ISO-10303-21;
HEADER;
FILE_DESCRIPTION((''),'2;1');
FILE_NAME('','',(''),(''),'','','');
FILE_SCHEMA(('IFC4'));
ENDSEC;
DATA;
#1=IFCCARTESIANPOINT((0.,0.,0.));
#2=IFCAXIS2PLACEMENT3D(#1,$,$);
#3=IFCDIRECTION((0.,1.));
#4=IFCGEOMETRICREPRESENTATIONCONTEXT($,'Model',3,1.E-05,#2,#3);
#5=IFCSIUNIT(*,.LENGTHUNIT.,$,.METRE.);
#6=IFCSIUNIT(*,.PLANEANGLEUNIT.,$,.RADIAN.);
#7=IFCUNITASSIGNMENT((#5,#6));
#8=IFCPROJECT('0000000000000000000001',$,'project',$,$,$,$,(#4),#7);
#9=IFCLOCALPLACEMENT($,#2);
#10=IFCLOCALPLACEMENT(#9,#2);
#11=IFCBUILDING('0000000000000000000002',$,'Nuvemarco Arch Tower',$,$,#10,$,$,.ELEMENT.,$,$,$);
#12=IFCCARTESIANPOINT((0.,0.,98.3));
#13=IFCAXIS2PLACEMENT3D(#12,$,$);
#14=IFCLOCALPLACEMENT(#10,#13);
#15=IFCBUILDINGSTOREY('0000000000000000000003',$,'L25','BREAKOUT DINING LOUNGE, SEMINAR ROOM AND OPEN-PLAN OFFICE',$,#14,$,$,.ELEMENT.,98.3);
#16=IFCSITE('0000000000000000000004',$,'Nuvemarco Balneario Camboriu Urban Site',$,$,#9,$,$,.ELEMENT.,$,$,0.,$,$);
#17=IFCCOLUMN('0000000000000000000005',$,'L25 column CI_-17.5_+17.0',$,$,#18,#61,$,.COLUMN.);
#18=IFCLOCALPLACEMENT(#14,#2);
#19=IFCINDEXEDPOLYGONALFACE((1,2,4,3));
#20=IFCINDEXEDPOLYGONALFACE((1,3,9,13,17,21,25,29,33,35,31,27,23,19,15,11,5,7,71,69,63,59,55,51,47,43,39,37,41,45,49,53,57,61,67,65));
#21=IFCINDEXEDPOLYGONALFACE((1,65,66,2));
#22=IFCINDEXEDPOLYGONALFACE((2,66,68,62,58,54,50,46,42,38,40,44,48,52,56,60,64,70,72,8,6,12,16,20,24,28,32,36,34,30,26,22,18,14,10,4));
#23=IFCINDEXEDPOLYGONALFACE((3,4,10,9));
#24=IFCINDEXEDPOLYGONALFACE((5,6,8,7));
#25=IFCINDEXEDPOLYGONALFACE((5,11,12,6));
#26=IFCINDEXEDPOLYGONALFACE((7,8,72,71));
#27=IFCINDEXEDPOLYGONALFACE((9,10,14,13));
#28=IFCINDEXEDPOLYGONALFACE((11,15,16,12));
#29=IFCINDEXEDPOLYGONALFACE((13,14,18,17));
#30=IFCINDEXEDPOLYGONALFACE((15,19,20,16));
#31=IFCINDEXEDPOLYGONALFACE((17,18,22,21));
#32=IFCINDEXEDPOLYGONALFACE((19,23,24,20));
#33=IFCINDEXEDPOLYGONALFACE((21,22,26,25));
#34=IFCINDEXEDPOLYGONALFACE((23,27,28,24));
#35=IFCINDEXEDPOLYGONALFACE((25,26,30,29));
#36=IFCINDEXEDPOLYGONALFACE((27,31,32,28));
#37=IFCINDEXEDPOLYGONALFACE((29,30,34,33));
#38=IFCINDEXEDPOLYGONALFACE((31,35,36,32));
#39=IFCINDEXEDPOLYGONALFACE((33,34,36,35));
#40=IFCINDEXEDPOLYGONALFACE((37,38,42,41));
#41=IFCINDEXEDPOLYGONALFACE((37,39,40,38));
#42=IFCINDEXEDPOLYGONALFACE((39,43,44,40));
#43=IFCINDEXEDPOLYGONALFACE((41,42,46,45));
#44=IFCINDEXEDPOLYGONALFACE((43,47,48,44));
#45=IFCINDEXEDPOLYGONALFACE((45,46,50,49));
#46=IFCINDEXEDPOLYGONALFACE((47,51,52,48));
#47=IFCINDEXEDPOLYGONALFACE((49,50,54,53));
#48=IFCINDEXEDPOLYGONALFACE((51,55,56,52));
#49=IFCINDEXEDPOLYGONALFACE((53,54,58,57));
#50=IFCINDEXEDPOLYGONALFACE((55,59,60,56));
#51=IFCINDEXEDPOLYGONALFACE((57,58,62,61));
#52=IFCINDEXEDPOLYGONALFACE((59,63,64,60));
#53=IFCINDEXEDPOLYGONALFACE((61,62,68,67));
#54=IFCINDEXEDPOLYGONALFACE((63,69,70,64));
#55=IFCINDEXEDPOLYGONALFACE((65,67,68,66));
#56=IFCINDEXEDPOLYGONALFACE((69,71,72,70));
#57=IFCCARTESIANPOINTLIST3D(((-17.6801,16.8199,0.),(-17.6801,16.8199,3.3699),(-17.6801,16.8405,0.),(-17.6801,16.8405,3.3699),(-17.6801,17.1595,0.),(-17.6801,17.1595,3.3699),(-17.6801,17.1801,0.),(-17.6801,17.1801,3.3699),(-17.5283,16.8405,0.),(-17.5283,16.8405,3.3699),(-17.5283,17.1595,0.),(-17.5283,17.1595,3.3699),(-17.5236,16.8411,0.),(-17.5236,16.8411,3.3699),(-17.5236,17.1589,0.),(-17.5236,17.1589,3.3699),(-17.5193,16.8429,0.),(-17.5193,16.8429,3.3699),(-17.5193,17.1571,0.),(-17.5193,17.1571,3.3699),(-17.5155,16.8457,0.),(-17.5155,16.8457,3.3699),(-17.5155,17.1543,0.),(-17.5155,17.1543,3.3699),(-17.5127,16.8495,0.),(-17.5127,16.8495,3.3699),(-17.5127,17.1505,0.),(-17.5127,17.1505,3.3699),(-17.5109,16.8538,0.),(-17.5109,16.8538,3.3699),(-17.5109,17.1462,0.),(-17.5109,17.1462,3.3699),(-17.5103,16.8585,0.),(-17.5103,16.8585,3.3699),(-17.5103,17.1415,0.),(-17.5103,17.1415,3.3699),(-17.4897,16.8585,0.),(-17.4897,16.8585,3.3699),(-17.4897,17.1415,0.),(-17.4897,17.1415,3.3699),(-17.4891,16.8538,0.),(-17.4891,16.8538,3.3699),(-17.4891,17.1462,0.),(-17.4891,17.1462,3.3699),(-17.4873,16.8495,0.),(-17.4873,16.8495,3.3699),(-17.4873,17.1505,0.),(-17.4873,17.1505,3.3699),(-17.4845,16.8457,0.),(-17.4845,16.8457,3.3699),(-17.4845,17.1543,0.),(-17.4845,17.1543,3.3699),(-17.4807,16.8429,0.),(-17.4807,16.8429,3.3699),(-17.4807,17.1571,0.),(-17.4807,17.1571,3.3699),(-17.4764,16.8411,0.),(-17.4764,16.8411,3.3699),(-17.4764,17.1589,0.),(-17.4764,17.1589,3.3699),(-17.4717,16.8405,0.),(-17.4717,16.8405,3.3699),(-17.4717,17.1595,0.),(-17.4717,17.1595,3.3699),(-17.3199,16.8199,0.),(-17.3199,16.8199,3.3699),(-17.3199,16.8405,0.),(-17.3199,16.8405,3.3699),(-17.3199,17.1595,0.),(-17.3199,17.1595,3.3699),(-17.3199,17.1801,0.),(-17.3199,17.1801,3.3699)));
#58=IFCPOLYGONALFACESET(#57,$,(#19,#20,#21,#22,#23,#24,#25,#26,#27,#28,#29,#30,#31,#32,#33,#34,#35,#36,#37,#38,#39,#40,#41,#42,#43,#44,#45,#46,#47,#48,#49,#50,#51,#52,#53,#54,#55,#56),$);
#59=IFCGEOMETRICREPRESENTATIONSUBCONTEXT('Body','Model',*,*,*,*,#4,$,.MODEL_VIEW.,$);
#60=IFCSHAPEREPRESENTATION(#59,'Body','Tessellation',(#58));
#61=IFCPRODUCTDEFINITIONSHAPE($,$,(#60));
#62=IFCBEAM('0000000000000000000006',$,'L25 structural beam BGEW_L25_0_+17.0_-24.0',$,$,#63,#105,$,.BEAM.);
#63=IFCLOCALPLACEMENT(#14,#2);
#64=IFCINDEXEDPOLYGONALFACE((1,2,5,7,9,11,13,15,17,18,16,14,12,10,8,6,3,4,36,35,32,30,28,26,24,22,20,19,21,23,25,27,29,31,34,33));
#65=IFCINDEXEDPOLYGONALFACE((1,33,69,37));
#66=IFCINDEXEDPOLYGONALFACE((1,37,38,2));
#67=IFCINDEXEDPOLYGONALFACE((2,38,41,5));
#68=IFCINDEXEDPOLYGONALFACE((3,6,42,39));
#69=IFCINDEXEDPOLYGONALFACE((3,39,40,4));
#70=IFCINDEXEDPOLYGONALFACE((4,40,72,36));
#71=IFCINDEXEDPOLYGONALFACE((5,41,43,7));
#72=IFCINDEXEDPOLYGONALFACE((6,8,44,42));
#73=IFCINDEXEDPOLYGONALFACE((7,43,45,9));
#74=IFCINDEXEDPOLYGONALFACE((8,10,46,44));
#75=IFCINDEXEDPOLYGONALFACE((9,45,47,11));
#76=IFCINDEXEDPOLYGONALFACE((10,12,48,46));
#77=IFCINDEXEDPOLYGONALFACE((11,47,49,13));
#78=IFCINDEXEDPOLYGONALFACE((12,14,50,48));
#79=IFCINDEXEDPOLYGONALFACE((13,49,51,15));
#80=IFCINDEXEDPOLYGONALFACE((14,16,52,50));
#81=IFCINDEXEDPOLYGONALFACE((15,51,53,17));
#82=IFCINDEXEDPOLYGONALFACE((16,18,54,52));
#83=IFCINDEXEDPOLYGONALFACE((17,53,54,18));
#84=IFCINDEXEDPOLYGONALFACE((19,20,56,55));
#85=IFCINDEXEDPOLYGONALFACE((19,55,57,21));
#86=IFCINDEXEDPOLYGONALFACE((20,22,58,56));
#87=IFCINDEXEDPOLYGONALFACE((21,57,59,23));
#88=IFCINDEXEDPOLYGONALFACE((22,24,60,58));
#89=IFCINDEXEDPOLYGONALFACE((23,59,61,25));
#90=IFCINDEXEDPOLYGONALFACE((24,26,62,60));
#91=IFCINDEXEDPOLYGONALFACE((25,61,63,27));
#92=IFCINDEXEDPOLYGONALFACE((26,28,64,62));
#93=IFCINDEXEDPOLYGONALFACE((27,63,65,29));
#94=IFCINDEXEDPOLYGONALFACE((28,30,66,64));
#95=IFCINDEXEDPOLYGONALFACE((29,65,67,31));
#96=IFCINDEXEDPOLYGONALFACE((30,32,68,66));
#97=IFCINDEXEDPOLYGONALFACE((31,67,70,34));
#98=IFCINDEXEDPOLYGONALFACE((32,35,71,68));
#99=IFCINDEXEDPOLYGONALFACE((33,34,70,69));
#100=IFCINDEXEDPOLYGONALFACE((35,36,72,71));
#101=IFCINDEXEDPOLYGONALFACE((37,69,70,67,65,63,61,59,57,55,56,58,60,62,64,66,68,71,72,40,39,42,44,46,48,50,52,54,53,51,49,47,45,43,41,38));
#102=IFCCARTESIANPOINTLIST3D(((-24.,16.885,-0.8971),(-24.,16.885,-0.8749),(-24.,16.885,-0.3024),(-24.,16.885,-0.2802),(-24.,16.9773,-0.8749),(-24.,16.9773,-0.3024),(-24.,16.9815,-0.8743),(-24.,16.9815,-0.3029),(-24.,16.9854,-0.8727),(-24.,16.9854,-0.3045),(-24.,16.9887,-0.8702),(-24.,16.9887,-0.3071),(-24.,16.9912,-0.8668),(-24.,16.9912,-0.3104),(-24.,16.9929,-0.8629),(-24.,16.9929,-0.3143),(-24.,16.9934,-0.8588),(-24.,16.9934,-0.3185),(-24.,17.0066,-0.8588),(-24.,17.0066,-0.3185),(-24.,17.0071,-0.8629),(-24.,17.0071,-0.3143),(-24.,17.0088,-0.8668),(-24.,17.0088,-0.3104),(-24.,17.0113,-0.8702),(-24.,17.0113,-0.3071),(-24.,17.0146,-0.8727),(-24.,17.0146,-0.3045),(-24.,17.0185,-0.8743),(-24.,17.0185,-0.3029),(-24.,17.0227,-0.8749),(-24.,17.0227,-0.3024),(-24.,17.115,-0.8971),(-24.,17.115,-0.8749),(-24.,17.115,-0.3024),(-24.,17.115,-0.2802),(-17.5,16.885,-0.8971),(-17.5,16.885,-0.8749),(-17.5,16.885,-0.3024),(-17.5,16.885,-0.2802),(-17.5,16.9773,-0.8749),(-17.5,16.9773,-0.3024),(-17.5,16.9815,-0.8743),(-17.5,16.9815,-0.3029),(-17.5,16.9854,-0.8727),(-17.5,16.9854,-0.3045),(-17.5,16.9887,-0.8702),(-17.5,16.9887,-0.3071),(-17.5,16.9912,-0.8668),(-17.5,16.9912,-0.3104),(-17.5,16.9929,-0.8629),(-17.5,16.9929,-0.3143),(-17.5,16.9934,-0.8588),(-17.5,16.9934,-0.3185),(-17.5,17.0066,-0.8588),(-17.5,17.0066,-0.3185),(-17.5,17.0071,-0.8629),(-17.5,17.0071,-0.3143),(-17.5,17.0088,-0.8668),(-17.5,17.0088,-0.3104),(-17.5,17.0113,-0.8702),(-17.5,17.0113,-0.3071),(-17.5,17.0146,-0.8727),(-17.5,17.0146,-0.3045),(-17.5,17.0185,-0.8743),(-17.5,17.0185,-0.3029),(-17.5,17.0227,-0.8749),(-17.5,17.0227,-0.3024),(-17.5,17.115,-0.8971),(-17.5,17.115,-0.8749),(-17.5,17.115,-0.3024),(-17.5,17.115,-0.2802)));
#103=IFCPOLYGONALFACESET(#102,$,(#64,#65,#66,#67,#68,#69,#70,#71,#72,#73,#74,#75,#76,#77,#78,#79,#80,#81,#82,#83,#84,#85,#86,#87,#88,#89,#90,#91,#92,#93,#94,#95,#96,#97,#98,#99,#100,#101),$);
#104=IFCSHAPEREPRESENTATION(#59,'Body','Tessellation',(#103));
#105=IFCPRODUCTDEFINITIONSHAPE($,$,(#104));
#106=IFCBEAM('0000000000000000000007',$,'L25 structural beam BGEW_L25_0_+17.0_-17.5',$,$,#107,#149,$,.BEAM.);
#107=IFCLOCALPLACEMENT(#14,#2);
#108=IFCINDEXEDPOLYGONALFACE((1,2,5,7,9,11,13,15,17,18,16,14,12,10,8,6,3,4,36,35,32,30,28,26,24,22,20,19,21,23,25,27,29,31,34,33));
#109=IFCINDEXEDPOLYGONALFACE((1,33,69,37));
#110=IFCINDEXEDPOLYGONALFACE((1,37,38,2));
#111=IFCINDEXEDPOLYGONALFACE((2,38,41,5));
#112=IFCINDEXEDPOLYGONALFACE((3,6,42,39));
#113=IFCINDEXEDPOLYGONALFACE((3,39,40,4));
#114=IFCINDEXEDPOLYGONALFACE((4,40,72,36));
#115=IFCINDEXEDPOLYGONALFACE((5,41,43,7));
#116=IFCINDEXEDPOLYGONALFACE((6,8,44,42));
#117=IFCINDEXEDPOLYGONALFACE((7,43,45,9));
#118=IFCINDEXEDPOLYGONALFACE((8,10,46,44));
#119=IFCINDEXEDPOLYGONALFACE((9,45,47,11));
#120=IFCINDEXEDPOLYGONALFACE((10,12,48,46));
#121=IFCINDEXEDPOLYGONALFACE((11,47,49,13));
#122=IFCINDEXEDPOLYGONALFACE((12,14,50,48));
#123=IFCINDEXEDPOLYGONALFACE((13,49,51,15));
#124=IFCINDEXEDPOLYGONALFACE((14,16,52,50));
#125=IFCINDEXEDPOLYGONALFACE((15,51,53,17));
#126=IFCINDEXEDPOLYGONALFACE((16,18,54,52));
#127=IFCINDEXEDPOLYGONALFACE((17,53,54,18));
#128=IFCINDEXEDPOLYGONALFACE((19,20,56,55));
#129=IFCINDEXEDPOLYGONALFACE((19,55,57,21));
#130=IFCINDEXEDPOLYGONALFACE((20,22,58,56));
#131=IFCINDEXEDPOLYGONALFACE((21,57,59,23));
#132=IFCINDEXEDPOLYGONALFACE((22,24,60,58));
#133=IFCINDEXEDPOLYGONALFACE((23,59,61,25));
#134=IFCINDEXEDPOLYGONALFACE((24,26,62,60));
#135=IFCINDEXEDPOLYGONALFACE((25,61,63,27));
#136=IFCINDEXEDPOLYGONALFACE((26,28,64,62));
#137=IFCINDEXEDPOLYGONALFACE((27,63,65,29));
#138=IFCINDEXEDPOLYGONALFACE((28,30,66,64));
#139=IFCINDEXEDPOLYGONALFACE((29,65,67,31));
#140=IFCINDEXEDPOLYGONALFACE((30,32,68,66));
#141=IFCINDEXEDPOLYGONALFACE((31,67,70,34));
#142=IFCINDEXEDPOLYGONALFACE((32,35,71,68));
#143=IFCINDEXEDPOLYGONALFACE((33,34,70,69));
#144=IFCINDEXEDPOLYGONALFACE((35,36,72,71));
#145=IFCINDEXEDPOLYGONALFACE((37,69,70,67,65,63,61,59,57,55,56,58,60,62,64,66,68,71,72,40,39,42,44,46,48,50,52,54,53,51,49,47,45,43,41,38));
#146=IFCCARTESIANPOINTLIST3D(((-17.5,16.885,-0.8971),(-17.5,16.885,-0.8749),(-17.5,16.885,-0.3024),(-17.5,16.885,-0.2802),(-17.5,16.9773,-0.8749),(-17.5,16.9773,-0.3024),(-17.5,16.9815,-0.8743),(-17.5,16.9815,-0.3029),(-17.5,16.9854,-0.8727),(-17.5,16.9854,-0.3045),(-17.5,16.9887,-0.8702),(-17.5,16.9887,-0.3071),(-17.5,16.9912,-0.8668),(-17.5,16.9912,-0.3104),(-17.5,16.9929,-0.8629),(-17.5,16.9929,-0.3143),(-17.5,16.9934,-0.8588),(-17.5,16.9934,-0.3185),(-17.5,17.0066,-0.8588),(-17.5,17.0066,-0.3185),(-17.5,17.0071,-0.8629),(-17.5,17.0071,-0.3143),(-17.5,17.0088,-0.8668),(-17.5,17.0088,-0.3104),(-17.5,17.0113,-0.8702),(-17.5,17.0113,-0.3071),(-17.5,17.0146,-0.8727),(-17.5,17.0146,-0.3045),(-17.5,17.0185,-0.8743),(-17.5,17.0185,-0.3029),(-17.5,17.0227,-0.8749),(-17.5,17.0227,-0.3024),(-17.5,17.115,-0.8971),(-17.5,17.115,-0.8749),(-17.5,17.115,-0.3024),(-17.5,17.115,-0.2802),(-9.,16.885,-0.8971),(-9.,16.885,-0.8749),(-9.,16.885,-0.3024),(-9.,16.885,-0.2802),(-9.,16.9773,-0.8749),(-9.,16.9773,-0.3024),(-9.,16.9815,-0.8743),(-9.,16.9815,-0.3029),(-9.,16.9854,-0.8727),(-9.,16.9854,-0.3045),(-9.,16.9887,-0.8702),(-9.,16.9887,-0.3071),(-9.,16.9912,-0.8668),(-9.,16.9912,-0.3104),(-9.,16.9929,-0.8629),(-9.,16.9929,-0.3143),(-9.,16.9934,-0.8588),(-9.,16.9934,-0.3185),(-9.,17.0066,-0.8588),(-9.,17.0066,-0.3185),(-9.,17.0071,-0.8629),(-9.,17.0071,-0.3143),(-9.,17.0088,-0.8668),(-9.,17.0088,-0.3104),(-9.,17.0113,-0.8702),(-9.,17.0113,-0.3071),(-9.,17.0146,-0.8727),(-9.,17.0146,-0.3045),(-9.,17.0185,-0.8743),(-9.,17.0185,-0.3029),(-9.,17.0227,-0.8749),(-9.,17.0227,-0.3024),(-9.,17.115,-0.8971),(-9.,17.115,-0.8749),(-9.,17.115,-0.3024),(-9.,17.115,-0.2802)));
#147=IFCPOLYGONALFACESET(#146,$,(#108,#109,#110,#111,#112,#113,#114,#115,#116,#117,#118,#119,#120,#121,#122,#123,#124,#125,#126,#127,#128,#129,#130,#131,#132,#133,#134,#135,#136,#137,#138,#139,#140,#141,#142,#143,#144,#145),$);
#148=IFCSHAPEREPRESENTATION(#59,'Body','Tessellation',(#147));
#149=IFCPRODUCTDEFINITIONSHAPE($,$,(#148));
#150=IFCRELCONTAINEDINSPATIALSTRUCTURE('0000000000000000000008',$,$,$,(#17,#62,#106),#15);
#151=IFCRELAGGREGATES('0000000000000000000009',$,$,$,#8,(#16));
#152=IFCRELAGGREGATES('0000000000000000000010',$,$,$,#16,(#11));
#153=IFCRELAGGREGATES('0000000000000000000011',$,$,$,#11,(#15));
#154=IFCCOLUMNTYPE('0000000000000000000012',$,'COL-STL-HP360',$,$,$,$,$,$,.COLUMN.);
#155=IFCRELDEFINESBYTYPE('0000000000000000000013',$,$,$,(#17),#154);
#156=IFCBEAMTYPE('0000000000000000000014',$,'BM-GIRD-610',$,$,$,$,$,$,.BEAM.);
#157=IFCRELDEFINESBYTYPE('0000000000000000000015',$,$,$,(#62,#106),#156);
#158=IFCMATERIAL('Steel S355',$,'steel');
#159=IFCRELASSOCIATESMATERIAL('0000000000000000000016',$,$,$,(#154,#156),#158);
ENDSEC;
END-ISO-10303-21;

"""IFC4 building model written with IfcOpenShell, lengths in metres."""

from ifc_helpers import new_model, si_unit, direction, frame, origin, origin_2d, place, context, subcontext, project, spatial, i_section, extrude, material, material_profile, profile_set, type_object, element, save


model = new_model("IFC4")

# Units and contexts
model_context = context("Model", 3, precision=1e-05, world=origin(), true_north=direction((0.0, 1.0)))
body_context = subcontext(model_context, "Body", "Model", "MODEL_VIEW")
ifc_project = project(units=[si_unit("LENGTHUNIT", "METRE"), si_unit("PLANEANGLEUNIT", "RADIAN")], contexts=[model_context])

# Site, building, storey
site_placement = place(None, origin())
site = spatial("IfcSite", under=ifc_project, at=site_placement, Name="Nuvemarco Balneario Camboriu Urban Site", CompositionType="ELEMENT", RefElevation=0.0)
building_placement = place(site_placement, origin())
building = spatial("IfcBuilding", under=site, at=building_placement, Name="Nuvemarco Arch Tower", CompositionType="ELEMENT")
storey_placement = place(building_placement, frame((0.0, 0.0, 98.3)))
storey = spatial("IfcBuildingStorey", under=building, at=storey_placement, Name="L25", Description="BREAKOUT DINING LOUNGE, SEMINAR ROOM AND OPEN-PLAN OFFICE", CompositionType="ELEMENT", Elevation=98.3)

# Column
ifc_material_1 = material(Name="Steel S355", Category="steel")
ifc_material_profile_1 = material_profile(ifc_material_1, i_section(OverallWidth=0.3601, OverallDepth=0.3601, WebThickness=0.0205, FlangeThickness=0.0205, FilletRadius=0.0181, at=origin_2d()), Name="HP360x174")
ifc_profile_set_1 = profile_set([ifc_material_profile_1], Name="Steel S355")
column_type = type_object("IfcColumnType", Name="COL-STL-HP360", PredefinedType="COLUMN", material=ifc_profile_set_1)
column_placement = place(storey_placement, frame((-17.5, 17.0, 0.0), z_axis=(0.0, 0.0, 1.0), x_axis=(1.0, 0.0, 0.0)))
element("IfcColumn", 1, at=column_placement, inside=storey, type_object=column_type, Name="L25 column CI_-17.5_+17.0", PredefinedType="COLUMN", context=body_context, shape_type="SweptSolid", body=[
    extrude(i_section(OverallWidth=0.3601, OverallDepth=0.3601, WebThickness=0.0205, FlangeThickness=0.0205, FilletRadius=0.0181, at=origin_2d()), origin(), (0.0, 0.0, 1.0), 3.3699),
])

# Beams
ifc_material_profile_2 = material_profile(ifc_material_1, i_section(OverallWidth=0.23, OverallDepth=0.6169, WebThickness=0.0132, FlangeThickness=0.0222, FilletRadius=0.0161, at=origin_2d()), Name="W610x140")
ifc_profile_set_2 = profile_set([ifc_material_profile_2], Name="Steel S355")
beam_type = type_object("IfcBeamType", Name="BM-GIRD-610", PredefinedType="BEAM", material=ifc_profile_set_2)
beam_1_placement = place(storey_placement, frame((-24.0, 17.0, -0.5886), z_axis=(1.0, 0.0, 0.0), x_axis=(0.0, 1.0, 0.0)))
element("IfcBeam", 2, at=beam_1_placement, inside=storey, type_object=beam_type, Name="L25 structural beam BGEW_L25_0_+17.0_-24.0", PredefinedType="BEAM", context=body_context, shape_type="SweptSolid", body=[
    extrude(i_section(OverallWidth=0.23, OverallDepth=0.6169, WebThickness=0.0132, FlangeThickness=0.0222, FilletRadius=0.0161, at=origin_2d()), origin(), (0.0, 0.0, 1.0), 6.5),
])
beam_2_placement = place(storey_placement, frame((-17.5, 17.0, -0.5886), z_axis=(1.0, 0.0, 0.0), x_axis=(0.0, 1.0, 0.0)))
element("IfcBeam", 3, at=beam_2_placement, inside=storey, type_object=beam_type, Name="L25 structural beam BGEW_L25_0_+17.0_-17.5", PredefinedType="BEAM", context=body_context, shape_type="SweptSolid", body=[
    extrude(i_section(OverallWidth=0.23, OverallDepth=0.6169, WebThickness=0.0132, FlangeThickness=0.0222, FilletRadius=0.0161, at=origin_2d()), origin(), (0.0, 0.0, 1.0), 8.5),
])

save(model, "model.ifc")
